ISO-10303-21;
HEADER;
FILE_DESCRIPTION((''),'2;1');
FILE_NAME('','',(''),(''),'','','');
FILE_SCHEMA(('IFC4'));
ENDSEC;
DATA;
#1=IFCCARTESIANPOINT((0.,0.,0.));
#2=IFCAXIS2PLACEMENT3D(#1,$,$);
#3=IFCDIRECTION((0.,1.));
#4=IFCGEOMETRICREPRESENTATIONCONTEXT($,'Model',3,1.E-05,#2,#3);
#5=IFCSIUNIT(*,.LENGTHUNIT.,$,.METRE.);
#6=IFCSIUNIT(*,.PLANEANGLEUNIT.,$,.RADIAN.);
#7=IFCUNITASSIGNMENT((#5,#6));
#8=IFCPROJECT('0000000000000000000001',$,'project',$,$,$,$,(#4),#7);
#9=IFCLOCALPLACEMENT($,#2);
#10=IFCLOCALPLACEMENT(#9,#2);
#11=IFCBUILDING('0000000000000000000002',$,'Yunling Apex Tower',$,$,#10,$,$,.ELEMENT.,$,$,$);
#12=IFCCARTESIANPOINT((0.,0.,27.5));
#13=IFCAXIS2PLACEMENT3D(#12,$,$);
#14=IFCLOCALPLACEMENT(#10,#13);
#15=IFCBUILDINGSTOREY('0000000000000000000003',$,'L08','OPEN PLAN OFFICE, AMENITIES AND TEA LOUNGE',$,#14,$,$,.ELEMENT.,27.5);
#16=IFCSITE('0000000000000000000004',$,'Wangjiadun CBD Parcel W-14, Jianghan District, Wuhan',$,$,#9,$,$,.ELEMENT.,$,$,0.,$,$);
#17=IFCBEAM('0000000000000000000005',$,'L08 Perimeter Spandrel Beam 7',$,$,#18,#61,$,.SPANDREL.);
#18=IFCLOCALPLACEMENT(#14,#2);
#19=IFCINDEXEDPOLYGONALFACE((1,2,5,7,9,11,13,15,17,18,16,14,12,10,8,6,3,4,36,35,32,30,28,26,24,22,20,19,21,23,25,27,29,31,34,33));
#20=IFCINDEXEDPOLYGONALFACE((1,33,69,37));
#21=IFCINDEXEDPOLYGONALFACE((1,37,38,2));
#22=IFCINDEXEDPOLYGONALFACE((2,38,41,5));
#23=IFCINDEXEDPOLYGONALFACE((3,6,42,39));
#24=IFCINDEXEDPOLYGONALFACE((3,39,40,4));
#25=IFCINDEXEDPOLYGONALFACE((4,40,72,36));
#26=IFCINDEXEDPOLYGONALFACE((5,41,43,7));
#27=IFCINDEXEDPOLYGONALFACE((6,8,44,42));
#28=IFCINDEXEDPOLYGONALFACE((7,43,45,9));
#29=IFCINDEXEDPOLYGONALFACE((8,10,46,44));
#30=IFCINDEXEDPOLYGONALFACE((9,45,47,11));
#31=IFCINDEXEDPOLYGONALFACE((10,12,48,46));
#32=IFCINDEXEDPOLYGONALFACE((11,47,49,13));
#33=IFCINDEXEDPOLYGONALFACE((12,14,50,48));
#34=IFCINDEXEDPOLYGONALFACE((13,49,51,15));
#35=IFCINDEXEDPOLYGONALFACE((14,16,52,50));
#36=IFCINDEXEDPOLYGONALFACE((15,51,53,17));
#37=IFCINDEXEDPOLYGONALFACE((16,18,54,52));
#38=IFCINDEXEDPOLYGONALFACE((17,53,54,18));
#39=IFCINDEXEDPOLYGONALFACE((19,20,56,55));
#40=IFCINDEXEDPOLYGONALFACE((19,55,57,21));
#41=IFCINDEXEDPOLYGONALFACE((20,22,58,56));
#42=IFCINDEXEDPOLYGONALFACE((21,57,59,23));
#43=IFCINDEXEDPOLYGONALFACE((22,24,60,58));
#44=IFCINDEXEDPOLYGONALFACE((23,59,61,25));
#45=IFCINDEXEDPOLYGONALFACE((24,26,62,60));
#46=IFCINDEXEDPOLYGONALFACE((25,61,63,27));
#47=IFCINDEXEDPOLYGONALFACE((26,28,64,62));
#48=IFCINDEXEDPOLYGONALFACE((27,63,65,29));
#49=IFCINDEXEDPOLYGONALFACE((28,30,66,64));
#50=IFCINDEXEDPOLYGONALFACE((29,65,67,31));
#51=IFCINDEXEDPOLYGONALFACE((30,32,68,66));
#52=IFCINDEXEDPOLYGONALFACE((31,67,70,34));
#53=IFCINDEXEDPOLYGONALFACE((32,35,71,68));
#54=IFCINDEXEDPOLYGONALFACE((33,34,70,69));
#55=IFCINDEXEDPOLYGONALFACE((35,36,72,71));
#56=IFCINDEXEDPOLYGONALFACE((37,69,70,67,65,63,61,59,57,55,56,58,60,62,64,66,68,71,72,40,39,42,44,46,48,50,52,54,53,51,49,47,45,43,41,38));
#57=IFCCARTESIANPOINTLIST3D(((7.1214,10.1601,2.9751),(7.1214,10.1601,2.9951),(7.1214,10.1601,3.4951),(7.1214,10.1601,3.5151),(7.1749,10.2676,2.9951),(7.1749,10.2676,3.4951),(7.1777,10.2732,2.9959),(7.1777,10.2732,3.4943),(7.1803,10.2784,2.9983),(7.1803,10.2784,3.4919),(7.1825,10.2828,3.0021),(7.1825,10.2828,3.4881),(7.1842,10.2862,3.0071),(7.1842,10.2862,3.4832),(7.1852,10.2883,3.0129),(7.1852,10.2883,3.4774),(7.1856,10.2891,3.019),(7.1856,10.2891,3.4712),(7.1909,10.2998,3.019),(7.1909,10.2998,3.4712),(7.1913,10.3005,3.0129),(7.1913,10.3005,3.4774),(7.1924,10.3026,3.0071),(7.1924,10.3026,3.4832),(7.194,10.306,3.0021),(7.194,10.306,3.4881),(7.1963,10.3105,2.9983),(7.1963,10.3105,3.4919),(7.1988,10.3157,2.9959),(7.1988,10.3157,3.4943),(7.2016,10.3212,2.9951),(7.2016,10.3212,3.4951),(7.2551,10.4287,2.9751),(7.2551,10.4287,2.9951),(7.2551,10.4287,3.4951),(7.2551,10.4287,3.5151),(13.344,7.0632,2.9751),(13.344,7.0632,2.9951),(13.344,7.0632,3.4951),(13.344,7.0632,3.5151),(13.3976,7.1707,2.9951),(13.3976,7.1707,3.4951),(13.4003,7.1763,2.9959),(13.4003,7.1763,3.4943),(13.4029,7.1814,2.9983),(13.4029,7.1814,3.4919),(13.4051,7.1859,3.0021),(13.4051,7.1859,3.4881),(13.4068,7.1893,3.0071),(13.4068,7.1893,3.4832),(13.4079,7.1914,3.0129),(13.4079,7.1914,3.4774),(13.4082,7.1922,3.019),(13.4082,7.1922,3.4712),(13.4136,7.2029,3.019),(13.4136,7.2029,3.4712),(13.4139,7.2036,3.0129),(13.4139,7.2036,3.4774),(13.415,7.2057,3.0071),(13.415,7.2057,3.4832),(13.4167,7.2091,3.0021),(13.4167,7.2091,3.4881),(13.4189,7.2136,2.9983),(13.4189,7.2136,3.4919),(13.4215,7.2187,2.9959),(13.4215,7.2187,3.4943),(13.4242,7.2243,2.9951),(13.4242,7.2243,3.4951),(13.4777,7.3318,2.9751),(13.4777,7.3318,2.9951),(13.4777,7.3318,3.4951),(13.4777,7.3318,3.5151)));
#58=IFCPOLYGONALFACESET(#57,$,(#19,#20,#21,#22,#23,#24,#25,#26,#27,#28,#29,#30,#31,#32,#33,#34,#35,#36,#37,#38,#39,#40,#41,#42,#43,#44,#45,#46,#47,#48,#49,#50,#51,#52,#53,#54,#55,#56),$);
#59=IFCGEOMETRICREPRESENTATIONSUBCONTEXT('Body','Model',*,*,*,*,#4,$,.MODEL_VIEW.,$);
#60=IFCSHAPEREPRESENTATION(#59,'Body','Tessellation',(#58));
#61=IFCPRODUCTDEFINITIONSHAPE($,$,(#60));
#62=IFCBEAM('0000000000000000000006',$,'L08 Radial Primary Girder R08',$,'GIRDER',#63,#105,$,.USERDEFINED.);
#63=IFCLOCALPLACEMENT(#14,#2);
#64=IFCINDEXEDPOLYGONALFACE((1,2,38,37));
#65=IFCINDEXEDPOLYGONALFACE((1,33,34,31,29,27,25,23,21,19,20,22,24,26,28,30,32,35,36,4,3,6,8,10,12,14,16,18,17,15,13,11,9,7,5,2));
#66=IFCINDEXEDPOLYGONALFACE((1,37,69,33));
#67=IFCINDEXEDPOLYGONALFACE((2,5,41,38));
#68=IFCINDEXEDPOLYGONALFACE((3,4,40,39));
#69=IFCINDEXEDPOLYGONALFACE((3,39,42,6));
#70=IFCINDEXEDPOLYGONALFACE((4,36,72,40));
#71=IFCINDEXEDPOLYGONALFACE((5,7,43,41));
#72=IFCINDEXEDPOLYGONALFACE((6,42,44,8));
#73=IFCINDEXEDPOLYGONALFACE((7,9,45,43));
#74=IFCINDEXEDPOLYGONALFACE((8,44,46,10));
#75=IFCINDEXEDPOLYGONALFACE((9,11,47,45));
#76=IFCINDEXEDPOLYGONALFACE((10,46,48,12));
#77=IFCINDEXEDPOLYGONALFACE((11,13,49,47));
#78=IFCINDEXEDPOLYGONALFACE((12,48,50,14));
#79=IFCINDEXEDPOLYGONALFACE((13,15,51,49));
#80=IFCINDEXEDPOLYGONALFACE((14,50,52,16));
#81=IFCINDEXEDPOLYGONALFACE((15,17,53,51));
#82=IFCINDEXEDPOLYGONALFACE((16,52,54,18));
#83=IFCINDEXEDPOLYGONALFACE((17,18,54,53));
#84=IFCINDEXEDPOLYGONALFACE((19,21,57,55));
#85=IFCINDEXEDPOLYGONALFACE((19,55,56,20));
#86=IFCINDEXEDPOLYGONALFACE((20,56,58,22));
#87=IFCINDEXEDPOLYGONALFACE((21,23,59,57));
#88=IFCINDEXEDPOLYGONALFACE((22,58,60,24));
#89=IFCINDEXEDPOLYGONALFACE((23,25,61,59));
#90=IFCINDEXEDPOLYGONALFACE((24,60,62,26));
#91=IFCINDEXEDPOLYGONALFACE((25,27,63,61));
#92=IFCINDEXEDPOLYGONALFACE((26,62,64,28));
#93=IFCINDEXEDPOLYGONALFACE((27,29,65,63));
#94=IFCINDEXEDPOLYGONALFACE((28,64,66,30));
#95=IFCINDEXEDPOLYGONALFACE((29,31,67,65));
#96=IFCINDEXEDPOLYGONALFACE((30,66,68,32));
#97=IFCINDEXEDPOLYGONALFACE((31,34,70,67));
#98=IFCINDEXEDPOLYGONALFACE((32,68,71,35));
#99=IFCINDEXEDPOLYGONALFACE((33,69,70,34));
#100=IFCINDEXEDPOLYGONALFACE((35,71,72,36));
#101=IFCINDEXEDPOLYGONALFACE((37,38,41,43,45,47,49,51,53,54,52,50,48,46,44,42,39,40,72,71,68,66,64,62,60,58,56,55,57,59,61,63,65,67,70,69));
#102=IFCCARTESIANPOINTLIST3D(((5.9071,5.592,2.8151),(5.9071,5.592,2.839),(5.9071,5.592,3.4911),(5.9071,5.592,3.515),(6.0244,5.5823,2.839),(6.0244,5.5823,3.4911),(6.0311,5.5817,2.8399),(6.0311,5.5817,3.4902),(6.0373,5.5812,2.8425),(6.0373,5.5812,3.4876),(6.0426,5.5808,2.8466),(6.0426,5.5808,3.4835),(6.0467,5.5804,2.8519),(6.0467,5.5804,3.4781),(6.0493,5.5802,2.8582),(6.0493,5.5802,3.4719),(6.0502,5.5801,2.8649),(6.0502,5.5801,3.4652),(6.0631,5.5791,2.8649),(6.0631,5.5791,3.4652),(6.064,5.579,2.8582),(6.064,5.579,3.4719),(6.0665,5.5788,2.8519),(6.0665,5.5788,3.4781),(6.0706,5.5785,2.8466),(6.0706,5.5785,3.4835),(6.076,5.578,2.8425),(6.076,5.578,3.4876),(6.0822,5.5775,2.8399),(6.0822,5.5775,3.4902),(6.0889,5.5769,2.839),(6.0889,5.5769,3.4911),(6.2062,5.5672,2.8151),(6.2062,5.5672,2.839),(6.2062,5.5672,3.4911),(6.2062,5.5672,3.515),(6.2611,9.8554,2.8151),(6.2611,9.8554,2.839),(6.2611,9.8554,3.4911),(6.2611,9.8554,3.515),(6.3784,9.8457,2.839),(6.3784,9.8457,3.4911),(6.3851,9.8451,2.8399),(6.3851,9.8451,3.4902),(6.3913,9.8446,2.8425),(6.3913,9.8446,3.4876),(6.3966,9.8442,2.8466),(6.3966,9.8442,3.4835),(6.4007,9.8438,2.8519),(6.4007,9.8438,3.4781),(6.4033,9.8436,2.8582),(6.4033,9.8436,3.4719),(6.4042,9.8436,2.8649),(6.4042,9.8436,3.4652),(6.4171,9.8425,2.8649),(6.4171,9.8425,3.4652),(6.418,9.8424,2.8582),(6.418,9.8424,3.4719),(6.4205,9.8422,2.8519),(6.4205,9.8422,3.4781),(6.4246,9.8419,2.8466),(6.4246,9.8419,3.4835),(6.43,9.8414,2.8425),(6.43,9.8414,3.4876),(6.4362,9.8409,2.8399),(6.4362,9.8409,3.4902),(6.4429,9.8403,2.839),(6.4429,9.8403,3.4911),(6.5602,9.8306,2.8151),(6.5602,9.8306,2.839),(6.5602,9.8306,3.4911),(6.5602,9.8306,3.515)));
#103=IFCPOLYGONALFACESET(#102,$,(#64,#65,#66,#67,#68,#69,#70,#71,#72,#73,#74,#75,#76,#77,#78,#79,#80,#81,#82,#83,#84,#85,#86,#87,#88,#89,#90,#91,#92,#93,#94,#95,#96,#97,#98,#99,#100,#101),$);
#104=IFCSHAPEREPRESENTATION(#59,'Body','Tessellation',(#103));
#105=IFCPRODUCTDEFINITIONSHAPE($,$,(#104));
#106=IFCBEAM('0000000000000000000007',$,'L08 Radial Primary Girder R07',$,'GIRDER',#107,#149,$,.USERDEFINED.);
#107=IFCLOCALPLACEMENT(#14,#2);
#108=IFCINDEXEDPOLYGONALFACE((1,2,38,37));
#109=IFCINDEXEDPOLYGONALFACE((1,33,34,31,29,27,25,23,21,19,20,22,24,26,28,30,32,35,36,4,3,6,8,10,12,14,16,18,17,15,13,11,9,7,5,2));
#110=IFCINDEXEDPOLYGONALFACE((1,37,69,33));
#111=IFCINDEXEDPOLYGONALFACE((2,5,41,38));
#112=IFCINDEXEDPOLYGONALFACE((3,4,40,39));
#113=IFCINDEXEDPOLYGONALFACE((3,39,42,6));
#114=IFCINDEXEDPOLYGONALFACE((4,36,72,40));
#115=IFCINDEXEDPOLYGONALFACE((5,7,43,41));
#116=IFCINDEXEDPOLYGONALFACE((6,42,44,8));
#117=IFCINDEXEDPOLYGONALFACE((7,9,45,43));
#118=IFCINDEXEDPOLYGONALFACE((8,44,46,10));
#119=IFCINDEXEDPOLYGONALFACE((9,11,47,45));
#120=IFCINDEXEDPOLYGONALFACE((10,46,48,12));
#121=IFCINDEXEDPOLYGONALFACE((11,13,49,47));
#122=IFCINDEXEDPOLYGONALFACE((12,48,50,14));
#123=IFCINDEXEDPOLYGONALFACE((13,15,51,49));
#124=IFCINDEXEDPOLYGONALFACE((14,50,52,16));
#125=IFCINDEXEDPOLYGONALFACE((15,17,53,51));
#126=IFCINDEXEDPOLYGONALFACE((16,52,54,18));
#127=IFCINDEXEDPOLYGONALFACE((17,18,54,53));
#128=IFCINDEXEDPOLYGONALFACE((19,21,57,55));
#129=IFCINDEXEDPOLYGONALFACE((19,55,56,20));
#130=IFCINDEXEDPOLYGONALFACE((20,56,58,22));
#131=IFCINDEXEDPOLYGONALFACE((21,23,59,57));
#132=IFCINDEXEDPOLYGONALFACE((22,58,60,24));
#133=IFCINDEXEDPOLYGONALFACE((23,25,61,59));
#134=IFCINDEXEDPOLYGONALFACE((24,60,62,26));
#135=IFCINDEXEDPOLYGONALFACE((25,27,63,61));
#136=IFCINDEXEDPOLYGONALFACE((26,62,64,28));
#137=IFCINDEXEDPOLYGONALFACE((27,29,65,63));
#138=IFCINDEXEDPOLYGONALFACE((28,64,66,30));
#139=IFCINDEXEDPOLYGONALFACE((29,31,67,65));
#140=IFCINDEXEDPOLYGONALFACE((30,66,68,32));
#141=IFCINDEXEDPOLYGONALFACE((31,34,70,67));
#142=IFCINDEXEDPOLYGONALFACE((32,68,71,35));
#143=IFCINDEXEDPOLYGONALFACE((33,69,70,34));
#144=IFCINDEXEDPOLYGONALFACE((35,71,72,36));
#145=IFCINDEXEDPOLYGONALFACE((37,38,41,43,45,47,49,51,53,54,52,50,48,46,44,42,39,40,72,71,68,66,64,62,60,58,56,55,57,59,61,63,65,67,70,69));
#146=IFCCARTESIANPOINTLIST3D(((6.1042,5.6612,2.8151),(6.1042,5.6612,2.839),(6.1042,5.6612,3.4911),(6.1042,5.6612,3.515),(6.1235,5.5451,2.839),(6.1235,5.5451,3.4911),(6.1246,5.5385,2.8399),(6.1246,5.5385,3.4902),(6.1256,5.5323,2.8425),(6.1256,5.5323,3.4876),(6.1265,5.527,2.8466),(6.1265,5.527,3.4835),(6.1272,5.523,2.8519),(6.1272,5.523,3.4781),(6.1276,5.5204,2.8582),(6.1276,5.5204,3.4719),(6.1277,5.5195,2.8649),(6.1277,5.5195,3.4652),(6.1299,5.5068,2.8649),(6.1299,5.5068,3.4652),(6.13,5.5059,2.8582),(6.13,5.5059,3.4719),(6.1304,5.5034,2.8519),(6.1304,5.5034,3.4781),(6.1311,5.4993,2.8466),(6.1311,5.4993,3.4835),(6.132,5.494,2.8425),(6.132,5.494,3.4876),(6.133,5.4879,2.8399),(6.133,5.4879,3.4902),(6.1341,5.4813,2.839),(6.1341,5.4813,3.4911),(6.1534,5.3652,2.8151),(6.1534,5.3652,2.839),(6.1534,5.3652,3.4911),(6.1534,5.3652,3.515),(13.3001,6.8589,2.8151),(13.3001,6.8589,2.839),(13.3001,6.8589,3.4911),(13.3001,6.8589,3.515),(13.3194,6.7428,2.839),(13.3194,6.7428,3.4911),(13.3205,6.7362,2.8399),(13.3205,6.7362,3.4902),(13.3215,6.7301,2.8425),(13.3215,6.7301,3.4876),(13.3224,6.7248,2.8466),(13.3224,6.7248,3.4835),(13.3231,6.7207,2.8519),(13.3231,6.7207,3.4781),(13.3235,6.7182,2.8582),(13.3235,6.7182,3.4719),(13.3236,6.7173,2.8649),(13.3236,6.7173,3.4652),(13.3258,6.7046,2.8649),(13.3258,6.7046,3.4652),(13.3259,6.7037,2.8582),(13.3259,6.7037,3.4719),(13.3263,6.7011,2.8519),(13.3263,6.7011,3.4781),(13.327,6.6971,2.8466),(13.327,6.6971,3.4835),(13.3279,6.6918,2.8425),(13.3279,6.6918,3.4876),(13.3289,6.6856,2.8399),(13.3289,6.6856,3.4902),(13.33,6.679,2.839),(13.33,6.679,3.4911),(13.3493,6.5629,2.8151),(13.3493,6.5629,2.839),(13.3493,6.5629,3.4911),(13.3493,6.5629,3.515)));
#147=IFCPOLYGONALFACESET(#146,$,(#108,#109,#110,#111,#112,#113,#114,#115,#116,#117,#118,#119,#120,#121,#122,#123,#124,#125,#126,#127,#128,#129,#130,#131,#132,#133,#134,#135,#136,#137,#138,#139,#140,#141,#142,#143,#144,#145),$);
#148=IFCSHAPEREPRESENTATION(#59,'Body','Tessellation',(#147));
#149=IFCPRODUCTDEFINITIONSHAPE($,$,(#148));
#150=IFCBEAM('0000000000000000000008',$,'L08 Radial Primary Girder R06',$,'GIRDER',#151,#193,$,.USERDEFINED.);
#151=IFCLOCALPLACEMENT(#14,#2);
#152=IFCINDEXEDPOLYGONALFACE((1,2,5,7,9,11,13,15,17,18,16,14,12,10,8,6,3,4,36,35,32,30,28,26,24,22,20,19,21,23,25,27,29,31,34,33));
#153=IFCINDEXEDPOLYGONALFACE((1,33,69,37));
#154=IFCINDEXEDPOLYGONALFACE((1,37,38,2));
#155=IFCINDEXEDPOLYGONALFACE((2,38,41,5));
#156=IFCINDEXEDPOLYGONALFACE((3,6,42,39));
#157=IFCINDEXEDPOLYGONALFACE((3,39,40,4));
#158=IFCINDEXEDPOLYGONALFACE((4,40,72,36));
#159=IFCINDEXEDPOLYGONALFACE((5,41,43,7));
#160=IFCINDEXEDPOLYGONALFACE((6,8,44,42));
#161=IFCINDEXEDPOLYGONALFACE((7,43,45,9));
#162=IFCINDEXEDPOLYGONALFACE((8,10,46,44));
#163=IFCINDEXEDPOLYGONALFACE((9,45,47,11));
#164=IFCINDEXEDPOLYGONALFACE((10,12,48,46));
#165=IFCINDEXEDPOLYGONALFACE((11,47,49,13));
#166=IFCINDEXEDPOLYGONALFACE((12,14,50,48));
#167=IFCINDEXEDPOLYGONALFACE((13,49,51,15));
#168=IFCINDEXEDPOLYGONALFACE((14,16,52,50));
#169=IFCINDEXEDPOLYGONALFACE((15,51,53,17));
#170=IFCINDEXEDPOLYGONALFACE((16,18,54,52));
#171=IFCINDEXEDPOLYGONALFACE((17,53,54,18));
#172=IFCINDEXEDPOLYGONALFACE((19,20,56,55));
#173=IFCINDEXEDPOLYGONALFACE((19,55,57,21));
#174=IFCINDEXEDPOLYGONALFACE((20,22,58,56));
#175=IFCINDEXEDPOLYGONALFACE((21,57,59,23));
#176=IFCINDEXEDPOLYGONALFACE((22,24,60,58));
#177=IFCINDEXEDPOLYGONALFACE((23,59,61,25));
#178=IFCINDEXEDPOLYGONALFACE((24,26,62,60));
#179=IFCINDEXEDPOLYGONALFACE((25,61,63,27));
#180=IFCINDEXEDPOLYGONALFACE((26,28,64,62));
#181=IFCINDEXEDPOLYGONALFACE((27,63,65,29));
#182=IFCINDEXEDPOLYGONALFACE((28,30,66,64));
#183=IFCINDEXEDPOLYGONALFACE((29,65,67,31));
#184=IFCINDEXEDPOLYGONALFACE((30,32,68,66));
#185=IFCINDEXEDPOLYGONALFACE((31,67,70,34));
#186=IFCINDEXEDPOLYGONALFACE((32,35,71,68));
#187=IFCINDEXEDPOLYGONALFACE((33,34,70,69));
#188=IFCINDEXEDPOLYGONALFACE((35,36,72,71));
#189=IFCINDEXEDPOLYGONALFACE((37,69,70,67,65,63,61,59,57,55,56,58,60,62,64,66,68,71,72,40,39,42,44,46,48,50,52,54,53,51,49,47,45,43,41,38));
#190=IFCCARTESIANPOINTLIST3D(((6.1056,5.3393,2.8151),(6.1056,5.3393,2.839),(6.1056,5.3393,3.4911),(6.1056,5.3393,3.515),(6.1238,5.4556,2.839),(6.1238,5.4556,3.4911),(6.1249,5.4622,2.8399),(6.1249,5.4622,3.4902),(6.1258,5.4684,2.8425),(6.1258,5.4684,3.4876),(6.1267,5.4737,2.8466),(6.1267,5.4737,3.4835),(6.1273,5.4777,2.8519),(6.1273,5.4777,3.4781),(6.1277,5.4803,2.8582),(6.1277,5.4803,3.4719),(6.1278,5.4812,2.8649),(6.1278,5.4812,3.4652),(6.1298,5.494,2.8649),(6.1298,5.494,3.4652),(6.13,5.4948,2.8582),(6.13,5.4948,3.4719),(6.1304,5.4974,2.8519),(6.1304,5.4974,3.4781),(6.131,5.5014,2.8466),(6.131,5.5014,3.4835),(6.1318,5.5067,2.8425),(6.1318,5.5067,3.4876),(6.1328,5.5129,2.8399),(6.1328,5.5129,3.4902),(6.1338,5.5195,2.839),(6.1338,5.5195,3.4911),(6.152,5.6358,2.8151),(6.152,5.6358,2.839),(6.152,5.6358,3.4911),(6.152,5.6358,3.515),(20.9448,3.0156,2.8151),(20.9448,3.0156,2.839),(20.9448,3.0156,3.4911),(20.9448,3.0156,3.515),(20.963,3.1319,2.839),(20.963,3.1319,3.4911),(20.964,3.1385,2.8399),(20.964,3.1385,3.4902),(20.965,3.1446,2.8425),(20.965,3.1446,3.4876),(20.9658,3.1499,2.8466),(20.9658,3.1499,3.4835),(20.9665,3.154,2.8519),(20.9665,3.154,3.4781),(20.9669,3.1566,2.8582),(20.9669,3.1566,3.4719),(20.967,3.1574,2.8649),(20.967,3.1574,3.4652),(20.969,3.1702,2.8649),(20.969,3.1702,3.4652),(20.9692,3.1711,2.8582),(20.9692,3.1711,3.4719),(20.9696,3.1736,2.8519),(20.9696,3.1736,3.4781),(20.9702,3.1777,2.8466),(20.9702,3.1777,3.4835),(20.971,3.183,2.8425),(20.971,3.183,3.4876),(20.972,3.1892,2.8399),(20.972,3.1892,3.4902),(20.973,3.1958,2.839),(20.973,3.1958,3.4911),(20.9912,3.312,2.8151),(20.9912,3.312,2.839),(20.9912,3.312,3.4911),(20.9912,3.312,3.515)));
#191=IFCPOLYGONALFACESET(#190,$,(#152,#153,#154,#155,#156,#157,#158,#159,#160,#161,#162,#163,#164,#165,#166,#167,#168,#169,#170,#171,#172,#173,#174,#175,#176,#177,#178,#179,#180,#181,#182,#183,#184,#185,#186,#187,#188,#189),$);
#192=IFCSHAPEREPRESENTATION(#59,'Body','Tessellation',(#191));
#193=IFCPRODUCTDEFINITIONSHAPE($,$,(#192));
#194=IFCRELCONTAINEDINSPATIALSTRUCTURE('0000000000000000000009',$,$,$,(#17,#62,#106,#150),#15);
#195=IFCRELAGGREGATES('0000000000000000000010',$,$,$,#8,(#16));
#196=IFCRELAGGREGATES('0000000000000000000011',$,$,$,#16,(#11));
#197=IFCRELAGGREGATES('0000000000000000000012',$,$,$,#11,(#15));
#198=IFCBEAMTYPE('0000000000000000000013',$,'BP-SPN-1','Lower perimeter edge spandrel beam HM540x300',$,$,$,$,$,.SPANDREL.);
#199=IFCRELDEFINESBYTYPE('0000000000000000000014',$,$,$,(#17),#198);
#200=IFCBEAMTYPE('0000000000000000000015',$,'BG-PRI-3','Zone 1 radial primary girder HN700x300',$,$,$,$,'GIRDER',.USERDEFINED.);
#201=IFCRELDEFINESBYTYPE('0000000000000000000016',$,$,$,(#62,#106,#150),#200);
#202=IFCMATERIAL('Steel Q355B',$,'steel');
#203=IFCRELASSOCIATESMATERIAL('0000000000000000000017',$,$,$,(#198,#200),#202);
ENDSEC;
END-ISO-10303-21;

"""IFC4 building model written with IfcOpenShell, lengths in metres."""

from ifc_helpers import new_model, si_unit, direction, frame, origin, origin_2d, place, context, subcontext, project, spatial, i_section, extrude, source, transform, mapped, material, material_profile, profile_set, type_object, element, save


model = new_model("IFC4")

# Units and contexts
model_context = context("Model", 3, precision=1e-05, world=origin(), true_north=direction((0.0, 1.0)))
body_context = subcontext(model_context, "Body", "Model", "MODEL_VIEW")
ifc_project = project(units=[si_unit("LENGTHUNIT", "METRE"), si_unit("PLANEANGLEUNIT", "RADIAN")], contexts=[model_context])

# Site, building, storey
site_placement = place(None, origin())
site = spatial("IfcSite", under=ifc_project, at=site_placement, Name="Wangjiadun CBD Parcel W-14, Jianghan District, Wuhan", CompositionType="ELEMENT", RefElevation=0.0)
building_placement = place(site_placement, origin())
building = spatial("IfcBuilding", under=site, at=building_placement, Name="Yunling Apex Tower", CompositionType="ELEMENT")
storey_placement = place(building_placement, frame((0.0, 0.0, 27.5)))
storey = spatial("IfcBuildingStorey", under=building, at=storey_placement, Name="L08", Description="OPEN PLAN OFFICE, AMENITIES AND TEA LOUNGE", CompositionType="ELEMENT", Elevation=27.5)

# Beams
ifc_material_1 = material(Name="Steel Q355B", Category="steel")
ifc_material_profile_1 = material_profile(ifc_material_1, i_section(OverallWidth=0.3, OverallDepth=0.54, WebThickness=0.012, FlangeThickness=0.02, FilletRadius=0.0239, at=origin_2d()))
ifc_profile_set_1 = profile_set([ifc_material_profile_1], Name="Steel Q355B")
beam_type_1 = type_object("IfcBeamType", Name="BP-SPN-1", Description="Lower perimeter edge spandrel beam HM540x300", PredefinedType="SPANDREL", material=ifc_profile_set_1)
shared_shape_1 = source(origin(), body_context, "Body", "SweptSolid", [
    extrude(i_section(OverallWidth=0.3, OverallDepth=0.54, WebThickness=0.012, FlangeThickness=0.02, FilletRadius=0.0239, at=origin_2d()), origin(), (0.0, 0.0, 1.0), 6.9507),
])
beam_1_placement = place(storey_placement, frame((13.4109, 7.1975, 3.2451), z_axis=(-0.895255, 0.445555, 0.0), x_axis=(-0.445555, -0.895255, 0.0)))
element("IfcBeam", 1, at=beam_1_placement, inside=storey, type_object=beam_type_1, Name="L08 Perimeter Spandrel Beam 7", PredefinedType="SPANDREL", context=body_context, shape_type="MappedRepresentation", body=[
    mapped(shared_shape_1, transform((0.0, 0.0, 0.0), scale=1.0)),
])
ifc_material_profile_2 = material_profile(ifc_material_1, i_section(OverallWidth=0.3, OverallDepth=0.7, WebThickness=0.0129, FlangeThickness=0.0239, FilletRadius=0.0259, at=origin_2d()))
ifc_profile_set_2 = profile_set([ifc_material_profile_2], Name="Steel Q355B")
beam_type_2 = type_object("IfcBeamType", Name="BG-PRI-3", Description="Zone 1 radial primary girder HN700x300", ElementType="GIRDER", PredefinedType="USERDEFINED", material=ifc_profile_set_2)
shared_shape_2 = source(origin(), body_context, "Body", "SweptSolid", [
    extrude(i_section(OverallWidth=0.3, OverallDepth=0.7, WebThickness=0.0129, FlangeThickness=0.0239, FilletRadius=0.0259, at=origin_2d()), origin(), (0.0, 0.0, 1.0), 4.2781),
])
beam_2_placement = place(storey_placement, frame((6.4106, 9.843, 3.165), z_axis=(-0.082748, -0.996571, 0.0), x_axis=(0.996571, -0.082748, 0.0)))
element("IfcBeam", 2, at=beam_2_placement, inside=storey, type_object=beam_type_2, Name="L08 Radial Primary Girder R08", ObjectType="GIRDER", PredefinedType="USERDEFINED", context=body_context, shape_type="MappedRepresentation", body=[
    mapped(shared_shape_2, transform((0.0, 0.0, 0.0), scale=1.0)),
])
shared_shape_3 = source(origin(), body_context, "Body", "SweptSolid", [
    extrude(i_section(OverallWidth=0.3, OverallDepth=0.7, WebThickness=0.0129, FlangeThickness=0.0239, FilletRadius=0.0259, at=origin_2d()), origin(), (0.0, 0.0, 1.0), 7.2949),
])
beam_3_placement = place(storey_placement, frame((13.3247, 6.7109, 3.165), z_axis=(-0.986428, -0.164193, 0.0), x_axis=(0.164193, -0.986428, 0.0)))
element("IfcBeam", 3, at=beam_3_placement, inside=storey, type_object=beam_type_2, Name="L08 Radial Primary Girder R07", ObjectType="GIRDER", PredefinedType="USERDEFINED", context=body_context, shape_type="MappedRepresentation", body=[
    mapped(shared_shape_3, transform((0.0, 0.0, 0.0), scale=1.0)),
])
shared_shape_4 = source(origin(), body_context, "Body", "SweptSolid", [
    extrude(i_section(OverallWidth=0.3, OverallDepth=0.7, WebThickness=0.0129, FlangeThickness=0.0239, FilletRadius=0.0259, at=origin_2d()), origin(), (0.0, 0.0, 1.0), 15.02),
])
beam_4_placement = place(storey_placement, frame((20.968, 3.1638, 3.165), z_axis=(-0.98796, 0.15471, 0.0), x_axis=(-0.15471, -0.98796, 0.0)))
element("IfcBeam", 4, at=beam_4_placement, inside=storey, type_object=beam_type_2, Name="L08 Radial Primary Girder R06", ObjectType="GIRDER", PredefinedType="USERDEFINED", context=body_context, shape_type="MappedRepresentation", body=[
    mapped(shared_shape_4, transform((0.0, 0.0, 0.0), scale=1.0)),
])

save(model, "model.ifc")
